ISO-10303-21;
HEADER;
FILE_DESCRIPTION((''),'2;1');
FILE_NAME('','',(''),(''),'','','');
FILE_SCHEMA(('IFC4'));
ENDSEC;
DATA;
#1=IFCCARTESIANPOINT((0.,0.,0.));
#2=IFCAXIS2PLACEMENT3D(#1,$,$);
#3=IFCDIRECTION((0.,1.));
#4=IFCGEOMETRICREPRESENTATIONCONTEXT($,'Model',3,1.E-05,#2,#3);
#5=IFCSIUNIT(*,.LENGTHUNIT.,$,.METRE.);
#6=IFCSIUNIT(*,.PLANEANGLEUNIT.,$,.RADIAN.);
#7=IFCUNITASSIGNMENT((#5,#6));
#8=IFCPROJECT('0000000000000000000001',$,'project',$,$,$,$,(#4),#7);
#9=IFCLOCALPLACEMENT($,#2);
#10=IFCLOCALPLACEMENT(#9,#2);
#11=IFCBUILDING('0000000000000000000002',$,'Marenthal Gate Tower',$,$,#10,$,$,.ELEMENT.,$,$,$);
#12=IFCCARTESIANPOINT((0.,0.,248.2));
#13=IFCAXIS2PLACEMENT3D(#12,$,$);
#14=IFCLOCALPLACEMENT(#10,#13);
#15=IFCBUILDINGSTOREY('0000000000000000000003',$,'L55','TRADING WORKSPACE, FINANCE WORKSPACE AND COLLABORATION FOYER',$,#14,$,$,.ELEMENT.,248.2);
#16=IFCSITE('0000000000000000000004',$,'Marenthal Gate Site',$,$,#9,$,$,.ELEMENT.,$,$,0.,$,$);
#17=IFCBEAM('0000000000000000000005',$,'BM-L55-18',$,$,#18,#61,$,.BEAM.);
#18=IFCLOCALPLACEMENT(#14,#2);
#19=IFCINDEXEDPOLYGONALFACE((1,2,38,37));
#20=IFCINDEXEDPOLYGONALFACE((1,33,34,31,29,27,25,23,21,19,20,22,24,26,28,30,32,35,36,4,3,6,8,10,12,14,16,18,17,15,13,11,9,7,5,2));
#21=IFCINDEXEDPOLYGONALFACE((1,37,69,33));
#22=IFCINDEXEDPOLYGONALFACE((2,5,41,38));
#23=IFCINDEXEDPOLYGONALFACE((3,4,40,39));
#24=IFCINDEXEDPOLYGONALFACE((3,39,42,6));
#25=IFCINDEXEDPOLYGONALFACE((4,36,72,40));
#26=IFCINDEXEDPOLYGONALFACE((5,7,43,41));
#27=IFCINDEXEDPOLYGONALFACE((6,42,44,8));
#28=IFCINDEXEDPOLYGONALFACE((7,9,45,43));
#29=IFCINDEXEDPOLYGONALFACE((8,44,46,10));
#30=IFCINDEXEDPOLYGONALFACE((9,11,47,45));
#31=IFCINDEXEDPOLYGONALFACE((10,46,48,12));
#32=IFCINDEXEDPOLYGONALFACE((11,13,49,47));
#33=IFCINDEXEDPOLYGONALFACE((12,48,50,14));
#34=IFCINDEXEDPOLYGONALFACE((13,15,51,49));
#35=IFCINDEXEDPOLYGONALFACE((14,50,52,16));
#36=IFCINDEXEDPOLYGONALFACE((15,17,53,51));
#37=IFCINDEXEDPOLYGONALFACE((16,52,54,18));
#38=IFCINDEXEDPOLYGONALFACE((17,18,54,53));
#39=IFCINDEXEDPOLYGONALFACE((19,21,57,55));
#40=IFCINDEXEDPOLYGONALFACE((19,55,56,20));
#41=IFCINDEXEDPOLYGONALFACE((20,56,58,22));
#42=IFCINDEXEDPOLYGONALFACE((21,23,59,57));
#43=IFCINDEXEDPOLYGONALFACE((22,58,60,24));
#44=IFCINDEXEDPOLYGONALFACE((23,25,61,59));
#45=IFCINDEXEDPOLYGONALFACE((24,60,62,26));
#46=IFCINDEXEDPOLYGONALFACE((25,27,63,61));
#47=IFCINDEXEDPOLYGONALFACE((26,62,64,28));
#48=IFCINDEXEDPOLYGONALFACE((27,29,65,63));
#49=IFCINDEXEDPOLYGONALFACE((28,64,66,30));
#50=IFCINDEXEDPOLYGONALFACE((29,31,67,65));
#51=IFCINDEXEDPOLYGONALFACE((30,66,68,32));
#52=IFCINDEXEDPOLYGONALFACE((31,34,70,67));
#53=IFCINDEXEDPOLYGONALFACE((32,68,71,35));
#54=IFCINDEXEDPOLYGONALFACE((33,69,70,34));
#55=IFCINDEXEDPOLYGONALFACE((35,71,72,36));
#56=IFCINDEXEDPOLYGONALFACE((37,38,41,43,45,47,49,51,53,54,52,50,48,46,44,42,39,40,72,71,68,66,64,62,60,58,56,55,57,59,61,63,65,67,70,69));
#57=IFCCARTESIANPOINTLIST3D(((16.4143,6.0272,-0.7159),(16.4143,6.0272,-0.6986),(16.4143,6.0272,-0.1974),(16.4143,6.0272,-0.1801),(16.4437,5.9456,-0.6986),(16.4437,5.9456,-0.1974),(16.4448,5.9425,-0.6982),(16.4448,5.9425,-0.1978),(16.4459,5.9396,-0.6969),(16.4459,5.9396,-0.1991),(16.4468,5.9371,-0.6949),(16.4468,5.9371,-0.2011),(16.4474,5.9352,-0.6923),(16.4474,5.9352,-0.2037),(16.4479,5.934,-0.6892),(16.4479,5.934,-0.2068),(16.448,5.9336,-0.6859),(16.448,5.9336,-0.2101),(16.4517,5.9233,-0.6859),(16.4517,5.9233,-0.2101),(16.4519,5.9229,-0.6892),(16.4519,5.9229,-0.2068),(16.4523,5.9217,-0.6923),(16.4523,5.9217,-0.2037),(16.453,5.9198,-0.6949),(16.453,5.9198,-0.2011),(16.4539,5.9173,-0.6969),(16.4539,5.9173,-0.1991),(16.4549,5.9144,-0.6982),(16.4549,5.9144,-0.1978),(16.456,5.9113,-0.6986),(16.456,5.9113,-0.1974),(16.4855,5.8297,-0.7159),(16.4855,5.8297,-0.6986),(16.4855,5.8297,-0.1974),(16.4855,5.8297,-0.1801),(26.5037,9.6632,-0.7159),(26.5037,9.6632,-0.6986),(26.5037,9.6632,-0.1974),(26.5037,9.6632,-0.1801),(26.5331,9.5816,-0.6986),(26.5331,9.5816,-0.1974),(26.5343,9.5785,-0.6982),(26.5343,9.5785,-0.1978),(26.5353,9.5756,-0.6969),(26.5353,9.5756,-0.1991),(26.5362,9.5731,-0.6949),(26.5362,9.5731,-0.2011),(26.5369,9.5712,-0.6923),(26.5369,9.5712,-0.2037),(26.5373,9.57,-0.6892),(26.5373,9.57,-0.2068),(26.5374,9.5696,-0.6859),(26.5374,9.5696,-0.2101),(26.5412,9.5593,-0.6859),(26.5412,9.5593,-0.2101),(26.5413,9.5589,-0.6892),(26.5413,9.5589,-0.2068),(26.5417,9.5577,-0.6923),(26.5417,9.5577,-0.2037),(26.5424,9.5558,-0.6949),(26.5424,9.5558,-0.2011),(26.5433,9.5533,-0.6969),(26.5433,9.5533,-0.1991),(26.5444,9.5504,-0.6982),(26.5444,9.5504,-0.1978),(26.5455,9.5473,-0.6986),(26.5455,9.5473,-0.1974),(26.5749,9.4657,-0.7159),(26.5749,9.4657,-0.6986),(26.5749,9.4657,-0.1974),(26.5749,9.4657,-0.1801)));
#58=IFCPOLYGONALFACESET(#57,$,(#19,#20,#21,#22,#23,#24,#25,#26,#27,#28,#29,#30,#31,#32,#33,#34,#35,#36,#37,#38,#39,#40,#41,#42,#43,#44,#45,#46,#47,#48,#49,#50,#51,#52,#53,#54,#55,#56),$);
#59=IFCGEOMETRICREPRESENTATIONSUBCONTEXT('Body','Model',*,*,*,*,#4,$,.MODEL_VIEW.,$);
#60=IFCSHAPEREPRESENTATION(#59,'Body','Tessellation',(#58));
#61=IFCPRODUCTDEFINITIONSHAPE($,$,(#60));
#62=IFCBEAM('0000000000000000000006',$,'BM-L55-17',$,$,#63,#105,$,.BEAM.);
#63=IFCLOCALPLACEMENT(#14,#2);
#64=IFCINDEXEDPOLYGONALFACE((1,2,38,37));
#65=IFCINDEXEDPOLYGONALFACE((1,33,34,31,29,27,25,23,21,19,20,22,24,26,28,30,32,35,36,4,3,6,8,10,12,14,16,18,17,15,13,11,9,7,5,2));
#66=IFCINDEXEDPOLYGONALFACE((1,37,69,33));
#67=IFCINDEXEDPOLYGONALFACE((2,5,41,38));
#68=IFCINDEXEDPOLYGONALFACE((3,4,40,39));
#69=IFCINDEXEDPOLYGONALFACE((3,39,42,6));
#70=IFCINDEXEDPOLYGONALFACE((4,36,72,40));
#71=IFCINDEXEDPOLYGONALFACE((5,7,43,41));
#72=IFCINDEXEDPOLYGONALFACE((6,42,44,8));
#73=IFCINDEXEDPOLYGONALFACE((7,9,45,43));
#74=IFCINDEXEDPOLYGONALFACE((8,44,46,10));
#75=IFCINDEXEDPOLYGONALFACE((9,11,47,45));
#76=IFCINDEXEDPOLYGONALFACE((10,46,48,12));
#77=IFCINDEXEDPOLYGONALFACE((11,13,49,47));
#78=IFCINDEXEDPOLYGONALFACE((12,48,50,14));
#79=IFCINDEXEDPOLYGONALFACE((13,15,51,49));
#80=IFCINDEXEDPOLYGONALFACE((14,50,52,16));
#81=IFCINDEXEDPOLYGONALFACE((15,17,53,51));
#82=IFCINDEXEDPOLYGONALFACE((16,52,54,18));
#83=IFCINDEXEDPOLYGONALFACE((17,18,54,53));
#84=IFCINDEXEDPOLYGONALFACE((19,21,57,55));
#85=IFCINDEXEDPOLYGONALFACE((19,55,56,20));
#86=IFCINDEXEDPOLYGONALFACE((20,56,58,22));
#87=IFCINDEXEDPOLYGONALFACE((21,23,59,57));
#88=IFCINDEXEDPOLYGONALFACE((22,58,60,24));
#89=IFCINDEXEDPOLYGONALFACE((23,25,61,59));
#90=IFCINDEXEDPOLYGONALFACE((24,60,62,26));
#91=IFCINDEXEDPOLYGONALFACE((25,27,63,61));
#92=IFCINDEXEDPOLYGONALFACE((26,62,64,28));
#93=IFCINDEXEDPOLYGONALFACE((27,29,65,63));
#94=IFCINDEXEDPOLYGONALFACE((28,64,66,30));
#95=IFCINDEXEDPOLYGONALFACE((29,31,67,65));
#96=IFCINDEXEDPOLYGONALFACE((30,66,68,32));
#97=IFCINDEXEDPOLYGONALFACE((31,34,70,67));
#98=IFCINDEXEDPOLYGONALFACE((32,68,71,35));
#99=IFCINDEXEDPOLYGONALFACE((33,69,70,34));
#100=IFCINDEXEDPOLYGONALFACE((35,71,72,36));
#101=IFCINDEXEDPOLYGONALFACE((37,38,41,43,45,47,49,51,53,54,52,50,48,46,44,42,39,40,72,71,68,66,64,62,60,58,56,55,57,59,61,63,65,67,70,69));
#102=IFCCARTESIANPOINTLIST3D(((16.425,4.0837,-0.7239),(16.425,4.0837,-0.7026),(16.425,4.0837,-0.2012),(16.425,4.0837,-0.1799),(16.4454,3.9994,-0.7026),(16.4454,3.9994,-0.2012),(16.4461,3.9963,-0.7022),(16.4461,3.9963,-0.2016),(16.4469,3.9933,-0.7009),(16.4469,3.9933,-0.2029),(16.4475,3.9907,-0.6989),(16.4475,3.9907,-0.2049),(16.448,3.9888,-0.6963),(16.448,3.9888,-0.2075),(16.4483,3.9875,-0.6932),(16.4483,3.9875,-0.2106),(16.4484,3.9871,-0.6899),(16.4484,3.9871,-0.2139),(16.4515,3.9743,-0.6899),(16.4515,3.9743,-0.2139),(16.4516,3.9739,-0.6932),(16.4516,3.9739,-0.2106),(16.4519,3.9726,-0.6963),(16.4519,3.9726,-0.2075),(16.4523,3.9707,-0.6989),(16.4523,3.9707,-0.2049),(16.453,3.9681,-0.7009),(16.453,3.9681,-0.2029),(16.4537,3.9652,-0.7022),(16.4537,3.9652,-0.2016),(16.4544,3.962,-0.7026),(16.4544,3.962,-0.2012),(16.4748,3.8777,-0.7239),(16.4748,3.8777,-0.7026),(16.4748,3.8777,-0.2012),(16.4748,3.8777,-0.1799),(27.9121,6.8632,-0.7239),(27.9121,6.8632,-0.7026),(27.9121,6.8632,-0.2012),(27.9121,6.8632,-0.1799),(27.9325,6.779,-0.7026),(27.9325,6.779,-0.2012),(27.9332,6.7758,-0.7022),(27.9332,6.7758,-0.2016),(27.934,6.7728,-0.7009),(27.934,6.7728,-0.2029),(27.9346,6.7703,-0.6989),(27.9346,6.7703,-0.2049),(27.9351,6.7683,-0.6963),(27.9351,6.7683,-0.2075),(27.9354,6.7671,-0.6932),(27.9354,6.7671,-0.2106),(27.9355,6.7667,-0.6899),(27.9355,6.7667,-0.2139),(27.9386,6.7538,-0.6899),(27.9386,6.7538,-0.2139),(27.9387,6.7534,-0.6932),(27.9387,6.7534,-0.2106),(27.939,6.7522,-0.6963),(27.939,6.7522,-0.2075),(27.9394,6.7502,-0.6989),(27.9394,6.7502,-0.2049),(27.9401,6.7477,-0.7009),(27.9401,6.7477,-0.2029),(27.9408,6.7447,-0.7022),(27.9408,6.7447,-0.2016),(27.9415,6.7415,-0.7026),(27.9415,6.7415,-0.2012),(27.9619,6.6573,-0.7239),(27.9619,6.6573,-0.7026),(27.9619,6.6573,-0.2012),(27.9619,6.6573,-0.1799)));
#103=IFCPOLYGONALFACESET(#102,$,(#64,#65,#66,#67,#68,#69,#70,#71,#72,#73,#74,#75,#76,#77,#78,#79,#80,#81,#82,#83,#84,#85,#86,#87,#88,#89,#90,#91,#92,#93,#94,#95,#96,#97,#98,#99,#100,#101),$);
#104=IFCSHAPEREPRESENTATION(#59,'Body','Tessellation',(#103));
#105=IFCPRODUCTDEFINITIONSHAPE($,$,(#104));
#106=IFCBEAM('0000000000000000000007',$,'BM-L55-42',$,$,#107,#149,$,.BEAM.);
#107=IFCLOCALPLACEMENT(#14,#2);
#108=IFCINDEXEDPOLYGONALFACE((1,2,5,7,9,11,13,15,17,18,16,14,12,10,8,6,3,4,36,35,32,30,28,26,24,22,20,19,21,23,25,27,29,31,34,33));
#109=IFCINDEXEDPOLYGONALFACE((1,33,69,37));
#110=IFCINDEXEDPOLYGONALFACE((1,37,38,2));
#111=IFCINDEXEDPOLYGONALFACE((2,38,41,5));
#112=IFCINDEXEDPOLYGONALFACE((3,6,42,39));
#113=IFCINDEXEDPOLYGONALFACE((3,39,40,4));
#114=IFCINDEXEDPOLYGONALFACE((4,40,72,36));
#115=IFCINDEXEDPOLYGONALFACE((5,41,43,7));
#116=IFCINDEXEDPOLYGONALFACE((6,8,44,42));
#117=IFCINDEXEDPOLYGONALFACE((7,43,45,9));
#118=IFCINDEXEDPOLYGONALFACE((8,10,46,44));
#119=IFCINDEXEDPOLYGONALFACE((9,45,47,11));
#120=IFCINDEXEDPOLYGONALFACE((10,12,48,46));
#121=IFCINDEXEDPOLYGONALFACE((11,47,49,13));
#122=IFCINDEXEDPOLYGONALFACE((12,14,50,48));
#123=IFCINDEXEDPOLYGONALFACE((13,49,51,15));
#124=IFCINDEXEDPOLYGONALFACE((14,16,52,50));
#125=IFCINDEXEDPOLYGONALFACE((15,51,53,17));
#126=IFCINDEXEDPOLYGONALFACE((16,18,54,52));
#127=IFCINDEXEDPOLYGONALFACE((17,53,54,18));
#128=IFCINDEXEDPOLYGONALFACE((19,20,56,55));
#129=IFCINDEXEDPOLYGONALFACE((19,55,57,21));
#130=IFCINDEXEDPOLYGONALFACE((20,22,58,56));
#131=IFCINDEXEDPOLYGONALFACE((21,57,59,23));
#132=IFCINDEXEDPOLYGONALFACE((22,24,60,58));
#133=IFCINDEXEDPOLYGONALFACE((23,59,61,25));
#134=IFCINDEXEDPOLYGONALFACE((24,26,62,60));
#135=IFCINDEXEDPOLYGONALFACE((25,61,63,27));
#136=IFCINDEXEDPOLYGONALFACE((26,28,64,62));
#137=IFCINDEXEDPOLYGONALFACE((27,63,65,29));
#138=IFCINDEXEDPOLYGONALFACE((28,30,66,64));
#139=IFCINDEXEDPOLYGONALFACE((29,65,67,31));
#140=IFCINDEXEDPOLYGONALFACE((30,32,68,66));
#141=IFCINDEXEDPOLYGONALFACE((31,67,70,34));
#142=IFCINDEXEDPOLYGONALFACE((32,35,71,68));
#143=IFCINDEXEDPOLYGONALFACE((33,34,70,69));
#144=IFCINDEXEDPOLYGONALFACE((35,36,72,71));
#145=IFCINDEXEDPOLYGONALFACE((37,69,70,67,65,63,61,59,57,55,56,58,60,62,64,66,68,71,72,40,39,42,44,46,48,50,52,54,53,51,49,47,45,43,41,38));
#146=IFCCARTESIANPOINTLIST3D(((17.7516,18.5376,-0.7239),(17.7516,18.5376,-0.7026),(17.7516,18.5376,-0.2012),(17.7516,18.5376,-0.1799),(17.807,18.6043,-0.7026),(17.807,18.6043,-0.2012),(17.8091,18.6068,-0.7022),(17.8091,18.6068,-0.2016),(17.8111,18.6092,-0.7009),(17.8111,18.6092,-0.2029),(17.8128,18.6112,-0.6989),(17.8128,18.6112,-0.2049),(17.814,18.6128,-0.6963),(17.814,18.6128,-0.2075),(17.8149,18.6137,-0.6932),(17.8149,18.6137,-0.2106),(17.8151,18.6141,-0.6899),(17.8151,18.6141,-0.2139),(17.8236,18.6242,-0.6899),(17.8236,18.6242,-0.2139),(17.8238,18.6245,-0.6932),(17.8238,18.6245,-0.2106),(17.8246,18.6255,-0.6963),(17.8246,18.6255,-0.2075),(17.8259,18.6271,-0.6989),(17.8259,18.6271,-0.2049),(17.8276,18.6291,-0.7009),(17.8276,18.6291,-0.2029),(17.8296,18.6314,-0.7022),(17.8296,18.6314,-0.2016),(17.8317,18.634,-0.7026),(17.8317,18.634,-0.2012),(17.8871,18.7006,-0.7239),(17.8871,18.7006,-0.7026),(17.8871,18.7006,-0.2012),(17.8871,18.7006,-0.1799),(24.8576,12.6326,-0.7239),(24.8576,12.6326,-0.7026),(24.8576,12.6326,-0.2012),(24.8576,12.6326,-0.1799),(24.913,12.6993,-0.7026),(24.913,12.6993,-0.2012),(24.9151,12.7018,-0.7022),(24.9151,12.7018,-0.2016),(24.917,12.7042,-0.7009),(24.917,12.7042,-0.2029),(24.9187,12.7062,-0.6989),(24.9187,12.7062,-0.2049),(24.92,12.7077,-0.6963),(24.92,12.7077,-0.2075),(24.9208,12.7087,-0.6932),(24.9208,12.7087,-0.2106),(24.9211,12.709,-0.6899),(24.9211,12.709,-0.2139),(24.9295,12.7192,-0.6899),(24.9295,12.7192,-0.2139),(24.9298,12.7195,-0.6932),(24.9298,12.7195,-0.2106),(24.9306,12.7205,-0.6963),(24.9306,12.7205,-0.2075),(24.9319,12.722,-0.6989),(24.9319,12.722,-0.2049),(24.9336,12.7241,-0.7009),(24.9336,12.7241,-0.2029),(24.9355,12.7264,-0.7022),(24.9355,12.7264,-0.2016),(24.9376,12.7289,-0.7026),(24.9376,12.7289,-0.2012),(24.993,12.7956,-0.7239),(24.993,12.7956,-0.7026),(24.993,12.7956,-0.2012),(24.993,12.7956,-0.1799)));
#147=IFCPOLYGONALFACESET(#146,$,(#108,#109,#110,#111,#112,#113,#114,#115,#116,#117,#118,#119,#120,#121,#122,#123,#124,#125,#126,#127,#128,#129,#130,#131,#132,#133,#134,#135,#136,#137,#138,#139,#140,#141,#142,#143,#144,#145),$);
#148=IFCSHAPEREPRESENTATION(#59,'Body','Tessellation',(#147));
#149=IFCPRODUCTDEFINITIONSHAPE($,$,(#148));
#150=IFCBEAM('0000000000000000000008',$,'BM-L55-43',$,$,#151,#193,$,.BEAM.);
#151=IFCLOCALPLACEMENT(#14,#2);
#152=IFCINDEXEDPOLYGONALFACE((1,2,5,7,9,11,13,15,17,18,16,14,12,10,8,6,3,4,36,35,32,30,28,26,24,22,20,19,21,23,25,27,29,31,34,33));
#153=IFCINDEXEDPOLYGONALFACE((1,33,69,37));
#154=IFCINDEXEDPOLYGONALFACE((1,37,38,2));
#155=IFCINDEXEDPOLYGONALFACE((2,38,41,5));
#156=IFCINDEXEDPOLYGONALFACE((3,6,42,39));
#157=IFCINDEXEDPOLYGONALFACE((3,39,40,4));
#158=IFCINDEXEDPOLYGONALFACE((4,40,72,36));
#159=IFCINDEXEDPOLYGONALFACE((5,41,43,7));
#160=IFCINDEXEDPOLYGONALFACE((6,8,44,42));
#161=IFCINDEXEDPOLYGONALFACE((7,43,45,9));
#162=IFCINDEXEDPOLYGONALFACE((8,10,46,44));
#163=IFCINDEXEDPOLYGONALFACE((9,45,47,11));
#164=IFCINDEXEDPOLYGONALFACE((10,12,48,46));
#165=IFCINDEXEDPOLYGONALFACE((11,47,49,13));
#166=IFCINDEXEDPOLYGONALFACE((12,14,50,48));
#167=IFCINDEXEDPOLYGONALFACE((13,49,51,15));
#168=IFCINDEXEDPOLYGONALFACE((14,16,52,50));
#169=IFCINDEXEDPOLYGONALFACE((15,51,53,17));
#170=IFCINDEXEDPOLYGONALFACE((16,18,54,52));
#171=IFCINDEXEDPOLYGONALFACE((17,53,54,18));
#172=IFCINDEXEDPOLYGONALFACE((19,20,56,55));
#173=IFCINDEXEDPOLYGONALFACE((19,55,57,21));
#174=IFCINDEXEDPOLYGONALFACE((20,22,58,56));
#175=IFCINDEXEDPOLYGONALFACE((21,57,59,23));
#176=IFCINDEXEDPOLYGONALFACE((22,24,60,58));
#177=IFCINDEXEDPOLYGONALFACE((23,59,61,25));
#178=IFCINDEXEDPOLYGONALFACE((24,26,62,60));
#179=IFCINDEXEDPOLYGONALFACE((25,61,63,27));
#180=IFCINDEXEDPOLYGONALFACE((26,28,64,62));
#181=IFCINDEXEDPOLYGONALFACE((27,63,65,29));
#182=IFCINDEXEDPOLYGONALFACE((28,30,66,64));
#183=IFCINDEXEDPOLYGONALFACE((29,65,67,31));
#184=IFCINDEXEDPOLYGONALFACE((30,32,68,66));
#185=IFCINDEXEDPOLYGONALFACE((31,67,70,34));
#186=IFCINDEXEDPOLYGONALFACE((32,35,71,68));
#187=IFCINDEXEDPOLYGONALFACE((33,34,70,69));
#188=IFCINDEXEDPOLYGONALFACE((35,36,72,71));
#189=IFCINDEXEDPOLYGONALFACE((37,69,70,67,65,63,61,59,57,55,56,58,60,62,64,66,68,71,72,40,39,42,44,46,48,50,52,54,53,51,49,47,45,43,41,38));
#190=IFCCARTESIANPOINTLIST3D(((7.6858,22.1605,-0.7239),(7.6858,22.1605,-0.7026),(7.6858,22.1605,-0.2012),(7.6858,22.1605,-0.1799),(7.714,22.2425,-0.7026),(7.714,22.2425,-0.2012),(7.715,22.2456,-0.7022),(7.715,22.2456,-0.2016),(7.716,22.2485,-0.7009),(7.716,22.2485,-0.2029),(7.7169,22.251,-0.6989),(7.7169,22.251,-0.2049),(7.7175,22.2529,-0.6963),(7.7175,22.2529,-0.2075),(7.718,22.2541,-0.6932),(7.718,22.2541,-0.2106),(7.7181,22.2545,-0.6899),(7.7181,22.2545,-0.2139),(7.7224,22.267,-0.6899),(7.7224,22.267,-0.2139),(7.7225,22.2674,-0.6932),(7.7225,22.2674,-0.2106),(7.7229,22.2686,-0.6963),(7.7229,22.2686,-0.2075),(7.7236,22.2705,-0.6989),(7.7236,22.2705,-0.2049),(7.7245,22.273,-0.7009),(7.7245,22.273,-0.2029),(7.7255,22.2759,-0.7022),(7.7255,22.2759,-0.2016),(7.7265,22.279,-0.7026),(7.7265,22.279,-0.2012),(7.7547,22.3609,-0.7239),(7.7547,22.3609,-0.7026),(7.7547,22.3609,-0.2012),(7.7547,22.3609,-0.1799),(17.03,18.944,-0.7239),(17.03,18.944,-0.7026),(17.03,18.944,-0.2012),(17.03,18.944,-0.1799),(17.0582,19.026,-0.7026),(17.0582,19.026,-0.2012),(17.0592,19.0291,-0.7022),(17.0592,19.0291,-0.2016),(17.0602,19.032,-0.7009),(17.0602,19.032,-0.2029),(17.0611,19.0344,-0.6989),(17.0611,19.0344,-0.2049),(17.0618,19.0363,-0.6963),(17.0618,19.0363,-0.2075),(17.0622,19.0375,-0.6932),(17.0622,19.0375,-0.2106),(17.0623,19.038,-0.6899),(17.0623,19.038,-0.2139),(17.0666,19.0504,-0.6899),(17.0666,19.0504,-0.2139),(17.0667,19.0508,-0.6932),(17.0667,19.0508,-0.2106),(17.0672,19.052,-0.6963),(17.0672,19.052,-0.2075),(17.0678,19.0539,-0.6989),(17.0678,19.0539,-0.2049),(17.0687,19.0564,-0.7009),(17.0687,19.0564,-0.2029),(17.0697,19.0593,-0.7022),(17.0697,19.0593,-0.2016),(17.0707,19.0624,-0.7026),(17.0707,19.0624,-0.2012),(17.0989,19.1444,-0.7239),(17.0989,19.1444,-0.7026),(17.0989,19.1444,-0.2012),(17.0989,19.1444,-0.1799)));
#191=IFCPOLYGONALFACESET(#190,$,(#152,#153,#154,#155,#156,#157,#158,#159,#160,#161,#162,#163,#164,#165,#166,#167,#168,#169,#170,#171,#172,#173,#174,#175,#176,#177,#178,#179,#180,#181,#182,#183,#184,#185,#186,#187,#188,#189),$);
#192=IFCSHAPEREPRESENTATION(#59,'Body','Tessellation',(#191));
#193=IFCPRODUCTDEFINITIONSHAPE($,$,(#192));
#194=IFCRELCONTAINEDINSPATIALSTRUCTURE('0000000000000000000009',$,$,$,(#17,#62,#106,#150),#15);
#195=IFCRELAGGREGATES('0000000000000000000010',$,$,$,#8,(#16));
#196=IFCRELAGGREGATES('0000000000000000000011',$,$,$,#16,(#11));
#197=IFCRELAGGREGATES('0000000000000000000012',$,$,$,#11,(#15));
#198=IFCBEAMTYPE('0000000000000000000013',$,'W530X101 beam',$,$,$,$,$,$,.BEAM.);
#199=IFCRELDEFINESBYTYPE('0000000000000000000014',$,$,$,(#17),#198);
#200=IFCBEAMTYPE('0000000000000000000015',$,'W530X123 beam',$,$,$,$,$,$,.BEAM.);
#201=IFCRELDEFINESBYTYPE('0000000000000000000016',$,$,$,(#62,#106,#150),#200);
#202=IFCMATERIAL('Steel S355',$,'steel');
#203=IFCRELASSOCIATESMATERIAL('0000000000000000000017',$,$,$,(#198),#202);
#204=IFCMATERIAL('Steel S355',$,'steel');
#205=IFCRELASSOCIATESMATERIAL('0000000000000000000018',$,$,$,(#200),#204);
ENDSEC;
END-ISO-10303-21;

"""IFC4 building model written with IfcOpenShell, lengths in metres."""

from ifc_helpers import new_model, si_unit, direction, frame, origin, origin_2d, place, context, subcontext, project, spatial, i_section, extrude, material, material_profile, profile_set, type_object, element, save


model = new_model("IFC4")

# Units and contexts
model_context = context("Model", 3, precision=1e-05, world=origin(), true_north=direction((0.0, 1.0)))
body_context = subcontext(model_context, "Body", "Model", "MODEL_VIEW")
ifc_project = project(units=[si_unit("LENGTHUNIT", "METRE"), si_unit("PLANEANGLEUNIT", "RADIAN")], contexts=[model_context])

# Site, building, storey
site_placement = place(None, origin())
site = spatial("IfcSite", under=ifc_project, at=site_placement, Name="Marenthal Gate Site", CompositionType="ELEMENT", RefElevation=0.0)
building_placement = place(site_placement, origin())
building = spatial("IfcBuilding", under=site, at=building_placement, Name="Marenthal Gate Tower", CompositionType="ELEMENT")
storey_placement = place(building_placement, frame((0.0, 0.0, 248.2)))
storey = spatial("IfcBuildingStorey", under=building, at=storey_placement, Name="L55", Description="TRADING WORKSPACE, FINANCE WORKSPACE AND COLLABORATION FOYER", CompositionType="ELEMENT", Elevation=248.2)

# Beams
ifc_material_1 = material(Name="Steel S355", Category="steel")
ifc_material_profile_1 = material_profile(ifc_material_1, i_section(OverallWidth=0.21, OverallDepth=0.5359, WebThickness=0.011, FlangeThickness=0.0173, FilletRadius=0.0127, at=origin_2d()), Name="W530X101")
ifc_profile_set_1 = profile_set([ifc_material_profile_1], Name="Steel S355")
beam_type_1 = type_object("IfcBeamType", Name="W530X101 beam", PredefinedType="BEAM", material=ifc_profile_set_1)
beam_1_placement = place(storey_placement, frame((26.5393, 9.5645, -0.448), z_axis=(-0.940774, -0.339035, 0.0), x_axis=(0.339035, -0.940774, 0.0)))
element("IfcBeam", 1, at=beam_1_placement, inside=storey, type_object=beam_type_1, Name="BM-L55-18", PredefinedType="BEAM", context=body_context, shape_type="SweptSolid", body=[
    extrude(i_section(OverallWidth=0.21, OverallDepth=0.5359, WebThickness=0.011, FlangeThickness=0.0173, FilletRadius=0.0127, at=origin_2d()), origin(), (0.0, 0.0, 1.0), 10.7246),
])
ifc_material_2 = material(Name="Steel S355", Category="steel")
ifc_material_profile_2 = material_profile(ifc_material_2, i_section(OverallWidth=0.2119, OverallDepth=0.5439, WebThickness=0.0132, FlangeThickness=0.0212, FilletRadius=0.0127, at=origin_2d()), Name="W530X123")
ifc_profile_set_2 = profile_set([ifc_material_profile_2], Name="Steel S355")
beam_type_2 = type_object("IfcBeamType", Name="W530X123 beam", PredefinedType="BEAM", material=ifc_profile_set_2)
beam_2_placement = place(storey_placement, frame((27.937, 6.7603, -0.4519), z_axis=(-0.971951, -0.235184, 0.0), x_axis=(0.235184, -0.971951, 0.0)))
element("IfcBeam", 2, at=beam_2_placement, inside=storey, type_object=beam_type_2, Name="BM-L55-17", PredefinedType="BEAM", context=body_context, shape_type="SweptSolid", body=[
    extrude(i_section(OverallWidth=0.2119, OverallDepth=0.5439, WebThickness=0.0132, FlangeThickness=0.0212, FilletRadius=0.0127, at=origin_2d()), origin(), (0.0, 0.0, 1.0), 11.8186),
])
beam_3_placement = place(storey_placement, frame((24.9253, 12.7141, -0.4519), z_axis=(-0.769104, 0.639123, 0.0), x_axis=(-0.639123, -0.769104, 0.0)))
element("IfcBeam", 3, at=beam_3_placement, inside=storey, type_object=beam_type_2, Name="BM-L55-42", PredefinedType="BEAM", context=body_context, shape_type="SweptSolid", body=[
    extrude(i_section(OverallWidth=0.2119, OverallDepth=0.5439, WebThickness=0.0132, FlangeThickness=0.0212, FilletRadius=0.0127, at=origin_2d()), origin(), (0.0, 0.0, 1.0), 9.2393),
])
beam_4_placement = place(storey_placement, frame((17.0645, 19.0442, -0.4519), z_axis=(-0.945547, 0.325484, 0.0), x_axis=(-0.325484, -0.945547, 0.0)))
element("IfcBeam", 4, at=beam_4_placement, inside=storey, type_object=beam_type_2, Name="BM-L55-43", PredefinedType="BEAM", context=body_context, shape_type="SweptSolid", body=[
    extrude(i_section(OverallWidth=0.2119, OverallDepth=0.5439, WebThickness=0.0132, FlangeThickness=0.0212, FilletRadius=0.0127, at=origin_2d()), origin(), (0.0, 0.0, 1.0), 9.8823),
])

save(model, "model.ifc")
